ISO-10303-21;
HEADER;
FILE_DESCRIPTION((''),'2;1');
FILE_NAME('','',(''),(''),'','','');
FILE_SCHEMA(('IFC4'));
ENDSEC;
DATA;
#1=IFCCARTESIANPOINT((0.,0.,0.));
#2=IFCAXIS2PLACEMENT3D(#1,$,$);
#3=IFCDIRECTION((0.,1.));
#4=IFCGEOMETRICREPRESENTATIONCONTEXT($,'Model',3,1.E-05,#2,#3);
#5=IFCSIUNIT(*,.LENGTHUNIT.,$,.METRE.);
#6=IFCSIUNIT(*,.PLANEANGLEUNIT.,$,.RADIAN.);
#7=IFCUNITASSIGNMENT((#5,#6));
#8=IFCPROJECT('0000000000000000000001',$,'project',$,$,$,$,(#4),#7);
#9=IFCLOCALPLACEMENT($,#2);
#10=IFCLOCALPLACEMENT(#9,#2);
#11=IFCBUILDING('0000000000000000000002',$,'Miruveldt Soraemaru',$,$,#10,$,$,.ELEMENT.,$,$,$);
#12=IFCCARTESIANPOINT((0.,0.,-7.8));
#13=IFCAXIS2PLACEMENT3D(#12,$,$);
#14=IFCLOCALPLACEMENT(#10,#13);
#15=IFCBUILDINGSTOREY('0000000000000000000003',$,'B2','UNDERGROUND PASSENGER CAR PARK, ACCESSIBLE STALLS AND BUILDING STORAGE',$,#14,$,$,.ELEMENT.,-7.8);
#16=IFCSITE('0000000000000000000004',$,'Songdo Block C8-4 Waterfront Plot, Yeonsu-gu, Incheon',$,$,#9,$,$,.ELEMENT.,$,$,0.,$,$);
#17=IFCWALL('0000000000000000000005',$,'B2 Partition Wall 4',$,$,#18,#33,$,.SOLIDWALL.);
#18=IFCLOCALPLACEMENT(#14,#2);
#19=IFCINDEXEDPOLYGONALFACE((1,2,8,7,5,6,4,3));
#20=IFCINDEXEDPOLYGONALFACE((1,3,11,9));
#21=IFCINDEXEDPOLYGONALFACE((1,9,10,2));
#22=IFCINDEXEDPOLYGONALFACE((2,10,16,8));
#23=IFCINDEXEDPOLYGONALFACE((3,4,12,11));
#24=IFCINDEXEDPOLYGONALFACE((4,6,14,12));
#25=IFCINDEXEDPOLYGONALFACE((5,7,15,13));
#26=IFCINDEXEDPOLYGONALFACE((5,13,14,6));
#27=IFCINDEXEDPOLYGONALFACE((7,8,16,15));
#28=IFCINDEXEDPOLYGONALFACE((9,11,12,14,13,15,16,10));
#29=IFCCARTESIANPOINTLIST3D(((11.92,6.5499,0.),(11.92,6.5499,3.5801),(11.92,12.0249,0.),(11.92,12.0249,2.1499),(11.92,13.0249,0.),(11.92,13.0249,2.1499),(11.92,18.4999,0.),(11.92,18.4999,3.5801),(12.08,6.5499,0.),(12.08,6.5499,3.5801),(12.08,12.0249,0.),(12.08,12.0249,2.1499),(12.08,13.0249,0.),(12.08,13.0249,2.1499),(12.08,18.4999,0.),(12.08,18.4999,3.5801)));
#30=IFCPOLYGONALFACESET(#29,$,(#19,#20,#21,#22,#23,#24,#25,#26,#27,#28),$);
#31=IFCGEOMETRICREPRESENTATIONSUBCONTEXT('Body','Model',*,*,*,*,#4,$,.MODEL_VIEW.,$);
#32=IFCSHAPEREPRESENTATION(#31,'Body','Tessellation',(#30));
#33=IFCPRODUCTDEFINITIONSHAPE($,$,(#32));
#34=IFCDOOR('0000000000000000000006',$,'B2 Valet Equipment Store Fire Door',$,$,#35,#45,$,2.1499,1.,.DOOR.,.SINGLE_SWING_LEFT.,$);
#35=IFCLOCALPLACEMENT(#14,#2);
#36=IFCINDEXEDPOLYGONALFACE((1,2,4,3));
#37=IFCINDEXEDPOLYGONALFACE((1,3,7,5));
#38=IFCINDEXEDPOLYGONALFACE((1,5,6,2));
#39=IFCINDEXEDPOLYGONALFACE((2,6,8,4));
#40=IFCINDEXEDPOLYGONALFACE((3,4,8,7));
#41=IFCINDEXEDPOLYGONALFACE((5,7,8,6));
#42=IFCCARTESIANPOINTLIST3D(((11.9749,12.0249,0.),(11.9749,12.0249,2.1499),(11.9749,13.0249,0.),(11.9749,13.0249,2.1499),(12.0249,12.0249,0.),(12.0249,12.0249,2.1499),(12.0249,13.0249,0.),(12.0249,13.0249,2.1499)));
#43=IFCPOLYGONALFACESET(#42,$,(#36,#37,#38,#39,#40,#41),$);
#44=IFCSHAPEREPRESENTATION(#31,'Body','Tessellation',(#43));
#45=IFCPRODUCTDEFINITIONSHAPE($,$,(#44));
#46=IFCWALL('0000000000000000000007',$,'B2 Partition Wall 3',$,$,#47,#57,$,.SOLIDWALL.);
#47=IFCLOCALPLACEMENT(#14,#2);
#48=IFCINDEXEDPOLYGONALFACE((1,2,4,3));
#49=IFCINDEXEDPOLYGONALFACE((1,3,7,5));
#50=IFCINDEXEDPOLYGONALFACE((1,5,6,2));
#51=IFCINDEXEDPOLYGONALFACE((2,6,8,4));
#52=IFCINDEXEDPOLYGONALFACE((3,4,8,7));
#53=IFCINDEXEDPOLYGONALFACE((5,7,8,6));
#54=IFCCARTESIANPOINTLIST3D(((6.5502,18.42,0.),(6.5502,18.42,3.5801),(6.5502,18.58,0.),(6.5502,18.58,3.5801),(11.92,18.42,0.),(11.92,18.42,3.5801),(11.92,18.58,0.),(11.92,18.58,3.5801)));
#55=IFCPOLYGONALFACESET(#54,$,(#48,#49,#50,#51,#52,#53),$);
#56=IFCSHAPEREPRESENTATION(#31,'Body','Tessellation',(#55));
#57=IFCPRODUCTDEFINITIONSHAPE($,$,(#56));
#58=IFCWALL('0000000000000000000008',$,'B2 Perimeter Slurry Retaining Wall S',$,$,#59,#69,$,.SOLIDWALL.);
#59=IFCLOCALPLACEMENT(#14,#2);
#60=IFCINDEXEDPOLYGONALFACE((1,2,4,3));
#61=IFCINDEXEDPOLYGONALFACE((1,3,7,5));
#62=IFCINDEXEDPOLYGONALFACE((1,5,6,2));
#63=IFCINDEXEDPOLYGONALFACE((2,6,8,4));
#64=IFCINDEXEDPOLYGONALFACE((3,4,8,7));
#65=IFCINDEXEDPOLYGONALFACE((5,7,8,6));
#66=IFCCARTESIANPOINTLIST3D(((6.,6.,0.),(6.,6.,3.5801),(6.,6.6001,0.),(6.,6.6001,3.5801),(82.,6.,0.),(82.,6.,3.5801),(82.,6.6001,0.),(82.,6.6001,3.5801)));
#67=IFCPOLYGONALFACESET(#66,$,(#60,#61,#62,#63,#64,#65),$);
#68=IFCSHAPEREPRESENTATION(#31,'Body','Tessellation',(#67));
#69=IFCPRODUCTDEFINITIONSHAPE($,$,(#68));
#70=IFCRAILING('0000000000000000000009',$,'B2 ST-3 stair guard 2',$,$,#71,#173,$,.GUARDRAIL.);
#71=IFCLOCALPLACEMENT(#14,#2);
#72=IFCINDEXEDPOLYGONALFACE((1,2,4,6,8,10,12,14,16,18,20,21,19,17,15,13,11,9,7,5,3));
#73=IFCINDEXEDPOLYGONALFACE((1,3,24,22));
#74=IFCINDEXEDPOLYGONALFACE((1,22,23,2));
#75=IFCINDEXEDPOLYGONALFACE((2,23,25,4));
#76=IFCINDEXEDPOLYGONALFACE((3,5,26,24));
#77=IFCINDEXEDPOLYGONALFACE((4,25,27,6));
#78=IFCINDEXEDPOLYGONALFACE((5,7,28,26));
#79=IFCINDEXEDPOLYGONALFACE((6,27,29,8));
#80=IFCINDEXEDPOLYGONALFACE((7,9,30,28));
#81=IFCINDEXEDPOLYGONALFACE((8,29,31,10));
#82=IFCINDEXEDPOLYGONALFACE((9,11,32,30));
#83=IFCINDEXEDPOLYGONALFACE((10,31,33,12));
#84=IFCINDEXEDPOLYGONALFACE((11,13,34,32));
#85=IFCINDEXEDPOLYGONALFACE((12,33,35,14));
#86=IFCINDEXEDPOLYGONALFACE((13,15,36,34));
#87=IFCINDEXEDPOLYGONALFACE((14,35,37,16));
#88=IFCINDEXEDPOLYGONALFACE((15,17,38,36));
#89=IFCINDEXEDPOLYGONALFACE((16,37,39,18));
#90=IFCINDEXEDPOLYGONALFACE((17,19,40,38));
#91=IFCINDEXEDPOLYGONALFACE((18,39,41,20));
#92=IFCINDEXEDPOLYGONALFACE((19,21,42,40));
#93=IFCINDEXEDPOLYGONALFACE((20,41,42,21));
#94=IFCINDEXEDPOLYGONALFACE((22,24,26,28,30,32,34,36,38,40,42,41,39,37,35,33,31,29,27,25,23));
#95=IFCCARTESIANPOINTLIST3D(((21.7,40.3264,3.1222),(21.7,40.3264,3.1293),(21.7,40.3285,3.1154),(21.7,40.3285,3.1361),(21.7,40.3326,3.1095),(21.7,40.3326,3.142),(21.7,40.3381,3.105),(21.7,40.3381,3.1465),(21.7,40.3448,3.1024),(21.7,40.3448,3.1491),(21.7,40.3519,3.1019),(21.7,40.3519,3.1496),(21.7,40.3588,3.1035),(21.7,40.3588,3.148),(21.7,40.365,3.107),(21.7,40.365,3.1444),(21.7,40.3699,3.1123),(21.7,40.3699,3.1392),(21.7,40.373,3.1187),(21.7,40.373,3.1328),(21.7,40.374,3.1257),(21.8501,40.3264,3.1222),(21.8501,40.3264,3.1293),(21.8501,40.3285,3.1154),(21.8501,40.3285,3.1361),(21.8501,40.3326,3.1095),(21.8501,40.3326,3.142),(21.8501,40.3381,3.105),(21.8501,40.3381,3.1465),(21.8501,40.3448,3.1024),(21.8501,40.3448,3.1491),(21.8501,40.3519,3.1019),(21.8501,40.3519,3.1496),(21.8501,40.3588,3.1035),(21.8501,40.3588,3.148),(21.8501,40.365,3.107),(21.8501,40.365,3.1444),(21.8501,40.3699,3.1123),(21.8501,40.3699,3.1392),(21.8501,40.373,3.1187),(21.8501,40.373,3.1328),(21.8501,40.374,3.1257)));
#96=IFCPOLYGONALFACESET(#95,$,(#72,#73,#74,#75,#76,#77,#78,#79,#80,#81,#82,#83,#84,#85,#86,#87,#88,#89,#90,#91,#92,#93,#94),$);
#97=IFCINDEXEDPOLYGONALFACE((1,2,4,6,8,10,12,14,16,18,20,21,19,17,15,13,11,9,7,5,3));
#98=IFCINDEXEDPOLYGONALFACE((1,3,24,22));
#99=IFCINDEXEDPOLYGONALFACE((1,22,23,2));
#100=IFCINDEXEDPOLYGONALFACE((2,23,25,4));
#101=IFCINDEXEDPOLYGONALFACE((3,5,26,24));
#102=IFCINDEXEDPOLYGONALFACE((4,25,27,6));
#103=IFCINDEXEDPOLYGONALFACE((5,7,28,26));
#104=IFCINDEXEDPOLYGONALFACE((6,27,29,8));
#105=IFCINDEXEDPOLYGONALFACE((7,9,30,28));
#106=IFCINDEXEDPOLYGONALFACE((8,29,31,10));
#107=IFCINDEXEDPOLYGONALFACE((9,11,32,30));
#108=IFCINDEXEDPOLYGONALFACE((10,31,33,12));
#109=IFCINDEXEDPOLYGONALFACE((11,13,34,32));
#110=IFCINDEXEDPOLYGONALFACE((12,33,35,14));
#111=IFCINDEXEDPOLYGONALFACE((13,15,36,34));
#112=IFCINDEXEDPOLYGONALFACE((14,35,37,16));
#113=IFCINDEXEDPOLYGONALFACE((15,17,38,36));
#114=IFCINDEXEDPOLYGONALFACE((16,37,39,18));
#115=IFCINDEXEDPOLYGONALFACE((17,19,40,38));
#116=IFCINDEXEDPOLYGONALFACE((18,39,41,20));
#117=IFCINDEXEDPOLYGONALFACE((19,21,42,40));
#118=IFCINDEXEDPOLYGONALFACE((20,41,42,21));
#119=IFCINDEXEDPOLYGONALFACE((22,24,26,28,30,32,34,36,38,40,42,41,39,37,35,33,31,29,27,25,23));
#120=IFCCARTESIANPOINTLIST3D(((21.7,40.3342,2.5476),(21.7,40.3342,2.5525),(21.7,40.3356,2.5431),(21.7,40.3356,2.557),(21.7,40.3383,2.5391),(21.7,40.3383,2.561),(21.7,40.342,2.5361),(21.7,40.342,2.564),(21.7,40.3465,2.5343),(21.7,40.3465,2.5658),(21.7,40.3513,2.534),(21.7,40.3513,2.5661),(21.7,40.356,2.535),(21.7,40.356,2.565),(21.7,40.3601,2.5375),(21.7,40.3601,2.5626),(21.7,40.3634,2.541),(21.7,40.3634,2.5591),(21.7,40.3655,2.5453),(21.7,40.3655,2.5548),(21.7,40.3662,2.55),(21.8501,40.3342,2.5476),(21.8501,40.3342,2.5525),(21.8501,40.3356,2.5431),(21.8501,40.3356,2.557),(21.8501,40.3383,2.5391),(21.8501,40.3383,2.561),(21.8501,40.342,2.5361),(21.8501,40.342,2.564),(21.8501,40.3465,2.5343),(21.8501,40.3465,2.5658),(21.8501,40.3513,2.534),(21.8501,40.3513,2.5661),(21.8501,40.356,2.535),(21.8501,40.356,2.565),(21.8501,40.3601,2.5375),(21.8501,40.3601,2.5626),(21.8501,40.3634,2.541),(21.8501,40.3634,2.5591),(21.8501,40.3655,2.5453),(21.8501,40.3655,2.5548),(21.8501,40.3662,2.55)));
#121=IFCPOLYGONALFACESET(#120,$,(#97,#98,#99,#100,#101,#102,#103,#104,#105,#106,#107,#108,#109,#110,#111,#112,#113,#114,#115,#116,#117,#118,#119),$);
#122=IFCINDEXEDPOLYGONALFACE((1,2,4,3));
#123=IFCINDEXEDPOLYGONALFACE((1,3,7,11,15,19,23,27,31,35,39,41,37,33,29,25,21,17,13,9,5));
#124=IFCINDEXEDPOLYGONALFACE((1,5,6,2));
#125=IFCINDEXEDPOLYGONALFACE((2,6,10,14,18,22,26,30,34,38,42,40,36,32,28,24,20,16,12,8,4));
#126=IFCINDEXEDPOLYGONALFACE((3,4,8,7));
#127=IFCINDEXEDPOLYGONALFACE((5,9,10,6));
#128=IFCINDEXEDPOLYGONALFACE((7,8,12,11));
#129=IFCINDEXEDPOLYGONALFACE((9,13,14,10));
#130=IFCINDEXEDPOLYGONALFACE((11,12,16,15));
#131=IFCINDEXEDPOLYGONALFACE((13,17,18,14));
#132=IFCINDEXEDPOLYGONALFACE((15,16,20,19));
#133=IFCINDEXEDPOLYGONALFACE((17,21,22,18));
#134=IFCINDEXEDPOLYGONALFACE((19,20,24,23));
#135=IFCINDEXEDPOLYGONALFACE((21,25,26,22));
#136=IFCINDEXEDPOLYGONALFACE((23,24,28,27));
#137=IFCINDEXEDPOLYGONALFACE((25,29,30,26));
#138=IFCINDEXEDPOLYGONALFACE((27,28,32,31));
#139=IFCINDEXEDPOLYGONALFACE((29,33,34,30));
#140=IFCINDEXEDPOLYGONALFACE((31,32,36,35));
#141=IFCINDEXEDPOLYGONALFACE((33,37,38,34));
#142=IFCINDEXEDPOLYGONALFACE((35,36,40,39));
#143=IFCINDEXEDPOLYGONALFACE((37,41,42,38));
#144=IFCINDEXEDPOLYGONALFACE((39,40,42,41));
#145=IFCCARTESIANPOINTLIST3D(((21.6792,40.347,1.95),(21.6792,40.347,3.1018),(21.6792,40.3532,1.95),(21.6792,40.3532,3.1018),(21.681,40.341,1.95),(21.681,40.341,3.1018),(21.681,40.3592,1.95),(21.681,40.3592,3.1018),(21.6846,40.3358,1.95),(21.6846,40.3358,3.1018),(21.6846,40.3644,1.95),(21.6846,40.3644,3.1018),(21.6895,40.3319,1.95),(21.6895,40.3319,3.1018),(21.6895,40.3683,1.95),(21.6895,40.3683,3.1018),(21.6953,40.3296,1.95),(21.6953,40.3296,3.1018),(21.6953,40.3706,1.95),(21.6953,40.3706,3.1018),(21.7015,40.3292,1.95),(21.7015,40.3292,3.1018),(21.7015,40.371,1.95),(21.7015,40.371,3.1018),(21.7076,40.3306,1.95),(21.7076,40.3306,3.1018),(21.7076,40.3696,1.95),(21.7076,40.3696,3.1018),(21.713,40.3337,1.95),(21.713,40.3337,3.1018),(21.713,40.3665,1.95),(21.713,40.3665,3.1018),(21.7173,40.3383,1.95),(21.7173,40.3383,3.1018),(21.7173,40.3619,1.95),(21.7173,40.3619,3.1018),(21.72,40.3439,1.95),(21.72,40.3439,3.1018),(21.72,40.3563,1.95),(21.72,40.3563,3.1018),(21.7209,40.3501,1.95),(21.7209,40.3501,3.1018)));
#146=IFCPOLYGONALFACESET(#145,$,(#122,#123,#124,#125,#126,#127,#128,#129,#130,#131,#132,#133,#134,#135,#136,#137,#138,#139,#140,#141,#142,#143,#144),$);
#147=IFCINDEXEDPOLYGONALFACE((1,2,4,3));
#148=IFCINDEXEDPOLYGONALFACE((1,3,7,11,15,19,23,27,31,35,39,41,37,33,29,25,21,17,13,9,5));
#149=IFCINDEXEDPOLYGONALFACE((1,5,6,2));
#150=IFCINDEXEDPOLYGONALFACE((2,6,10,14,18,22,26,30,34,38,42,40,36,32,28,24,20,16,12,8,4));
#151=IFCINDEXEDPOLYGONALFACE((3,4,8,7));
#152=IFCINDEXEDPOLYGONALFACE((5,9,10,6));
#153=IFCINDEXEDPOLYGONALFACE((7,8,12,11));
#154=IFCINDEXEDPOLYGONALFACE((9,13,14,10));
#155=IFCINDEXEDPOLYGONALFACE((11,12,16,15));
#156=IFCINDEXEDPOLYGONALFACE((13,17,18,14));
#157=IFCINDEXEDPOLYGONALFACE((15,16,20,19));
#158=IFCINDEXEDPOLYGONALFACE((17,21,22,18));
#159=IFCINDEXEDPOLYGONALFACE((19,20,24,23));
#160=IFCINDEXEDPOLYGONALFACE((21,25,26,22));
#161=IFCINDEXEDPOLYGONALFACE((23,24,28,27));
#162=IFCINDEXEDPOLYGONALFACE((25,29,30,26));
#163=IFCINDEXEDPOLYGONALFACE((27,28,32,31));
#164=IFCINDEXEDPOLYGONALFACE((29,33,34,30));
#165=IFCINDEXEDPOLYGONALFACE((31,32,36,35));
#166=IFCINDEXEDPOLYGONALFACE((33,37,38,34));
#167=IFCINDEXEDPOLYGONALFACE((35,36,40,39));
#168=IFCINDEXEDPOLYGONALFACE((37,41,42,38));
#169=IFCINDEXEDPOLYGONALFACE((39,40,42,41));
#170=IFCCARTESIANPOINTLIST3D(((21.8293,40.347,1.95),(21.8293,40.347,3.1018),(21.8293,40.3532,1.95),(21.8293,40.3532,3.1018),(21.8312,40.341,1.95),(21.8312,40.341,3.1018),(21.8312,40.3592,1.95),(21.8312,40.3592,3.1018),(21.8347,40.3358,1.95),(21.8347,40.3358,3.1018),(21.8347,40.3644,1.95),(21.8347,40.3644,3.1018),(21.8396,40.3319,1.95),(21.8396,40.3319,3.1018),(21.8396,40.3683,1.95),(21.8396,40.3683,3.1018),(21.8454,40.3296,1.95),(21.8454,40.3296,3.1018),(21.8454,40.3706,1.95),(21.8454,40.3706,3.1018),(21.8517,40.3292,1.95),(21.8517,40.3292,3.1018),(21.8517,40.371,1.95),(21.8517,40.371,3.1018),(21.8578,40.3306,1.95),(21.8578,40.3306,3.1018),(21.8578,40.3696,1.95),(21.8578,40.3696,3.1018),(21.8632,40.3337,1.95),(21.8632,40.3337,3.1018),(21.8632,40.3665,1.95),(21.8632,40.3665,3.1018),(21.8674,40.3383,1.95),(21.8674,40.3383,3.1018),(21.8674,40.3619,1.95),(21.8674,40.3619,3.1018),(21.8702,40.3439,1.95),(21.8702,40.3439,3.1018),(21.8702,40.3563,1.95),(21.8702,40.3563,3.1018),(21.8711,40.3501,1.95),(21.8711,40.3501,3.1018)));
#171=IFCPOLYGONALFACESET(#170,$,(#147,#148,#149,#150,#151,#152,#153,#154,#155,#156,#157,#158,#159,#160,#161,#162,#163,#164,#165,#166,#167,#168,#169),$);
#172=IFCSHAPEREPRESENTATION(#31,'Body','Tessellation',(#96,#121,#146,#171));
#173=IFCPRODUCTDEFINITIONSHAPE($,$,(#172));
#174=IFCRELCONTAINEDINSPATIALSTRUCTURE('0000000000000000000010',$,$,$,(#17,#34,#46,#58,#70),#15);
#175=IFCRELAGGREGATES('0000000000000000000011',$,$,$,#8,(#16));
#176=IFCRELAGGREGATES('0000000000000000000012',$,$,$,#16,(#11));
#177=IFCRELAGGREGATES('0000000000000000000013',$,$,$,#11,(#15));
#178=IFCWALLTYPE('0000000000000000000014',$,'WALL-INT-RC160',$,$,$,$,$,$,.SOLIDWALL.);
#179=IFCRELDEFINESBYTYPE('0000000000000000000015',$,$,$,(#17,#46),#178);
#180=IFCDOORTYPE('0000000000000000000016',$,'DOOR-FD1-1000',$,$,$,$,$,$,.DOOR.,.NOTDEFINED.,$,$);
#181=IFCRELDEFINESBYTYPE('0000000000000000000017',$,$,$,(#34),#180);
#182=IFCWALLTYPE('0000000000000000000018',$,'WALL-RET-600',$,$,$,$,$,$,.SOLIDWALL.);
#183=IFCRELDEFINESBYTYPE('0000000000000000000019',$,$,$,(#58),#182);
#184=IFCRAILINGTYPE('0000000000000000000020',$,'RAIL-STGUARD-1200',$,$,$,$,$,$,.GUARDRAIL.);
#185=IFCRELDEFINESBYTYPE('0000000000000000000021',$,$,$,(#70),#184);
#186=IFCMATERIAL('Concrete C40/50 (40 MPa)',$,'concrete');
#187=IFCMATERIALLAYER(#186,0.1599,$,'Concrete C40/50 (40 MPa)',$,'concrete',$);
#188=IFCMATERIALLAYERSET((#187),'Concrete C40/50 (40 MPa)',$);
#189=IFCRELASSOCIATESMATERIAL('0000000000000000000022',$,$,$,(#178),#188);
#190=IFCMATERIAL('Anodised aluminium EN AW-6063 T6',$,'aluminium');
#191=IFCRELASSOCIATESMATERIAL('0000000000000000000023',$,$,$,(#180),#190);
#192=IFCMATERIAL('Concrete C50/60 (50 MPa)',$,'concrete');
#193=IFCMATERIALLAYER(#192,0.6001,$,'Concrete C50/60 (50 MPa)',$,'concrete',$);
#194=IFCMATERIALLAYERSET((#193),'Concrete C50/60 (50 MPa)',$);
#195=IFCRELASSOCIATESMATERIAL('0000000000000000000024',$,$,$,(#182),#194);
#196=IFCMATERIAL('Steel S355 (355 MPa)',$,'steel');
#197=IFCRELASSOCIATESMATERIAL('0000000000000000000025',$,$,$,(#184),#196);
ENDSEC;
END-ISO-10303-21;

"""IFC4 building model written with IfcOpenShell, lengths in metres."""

from ifc_helpers import new_model, si_unit, direction, frame, frame_2d, origin, origin_2d, place, context, subcontext, project, spatial, rectangle, circle, extrude, material, layer, layer_set, type_object, element, fill, save


model = new_model("IFC4")

# Units and contexts
model_context = context("Model", 3, precision=1e-05, world=origin(), true_north=direction((0.0, 1.0)))
body_context = subcontext(model_context, "Body", "Model", "MODEL_VIEW")
ifc_project = project(units=[si_unit("LENGTHUNIT", "METRE"), si_unit("PLANEANGLEUNIT", "RADIAN")], contexts=[model_context])

# Site, building, storey
site_placement = place(None, origin())
site = spatial("IfcSite", under=ifc_project, at=site_placement, Name="Songdo Block C8-4 Waterfront Plot, Yeonsu-gu, Incheon", CompositionType="ELEMENT", RefElevation=0.0)
building_placement = place(site_placement, origin())
building = spatial("IfcBuilding", under=site, at=building_placement, Name="Miruveldt Soraemaru", CompositionType="ELEMENT")
storey_placement = place(building_placement, frame((0.0, 0.0, -7.8)))
storey = spatial("IfcBuildingStorey", under=building, at=storey_placement, Name="B2", Description="UNDERGROUND PASSENGER CAR PARK, ACCESSIBLE STALLS AND BUILDING STORAGE", CompositionType="ELEMENT", Elevation=-7.8)

# Shared definitions
ifc_material_1 = material(Name="Concrete C50/60 (50 MPa)", Category="concrete")

# Shared definitions
ifc_material_2 = material(Name="Concrete C40/50 (40 MPa)", Category="concrete")
ifc_material_3 = material(Name="Steel S355 (355 MPa)", Category="steel")

# Wall, opening, door
ifc_layer_1 = layer(ifc_material_2, 0.1599, Name="Concrete C40/50 (40 MPa)", Category="concrete")
ifc_layer_set_1 = layer_set([ifc_layer_1], Name="Concrete C40/50 (40 MPa)")
wall_type_1 = type_object("IfcWallType", Name="WALL-INT-RC160", PredefinedType="SOLIDWALL", material=ifc_layer_set_1)
wall_1_placement = place(storey_placement, frame((12.0, 18.5, 0.0), z_axis=(0.0, 0.0, 1.0), x_axis=(0.0, -1.0, 0.0)))
wall_1 = element("IfcWall", 1, at=wall_1_placement, inside=storey, type_object=wall_type_1, Name="B2 Partition Wall 4", PredefinedType="SOLIDWALL", context=body_context, shape_type="SweptSolid", body=[
    extrude(rectangle(XDim=11.95, YDim=0.1599, at=frame_2d((5.9751, 0.0))), origin(), (0.0, 0.0, 1.0), 3.5801),
])
opening_placement = place(wall_1_placement, frame((5.4751, 0.0, 0.0)))
opening = element("IfcOpeningElement", 2, at=opening_placement, cuts=wall_1, PredefinedType="OPENING", context=body_context, shape_type="SweptSolid", body=[
    extrude(rectangle(XDim=1.0, YDim=2.1499, at=frame_2d((0.5, 1.075))), frame((0.0, 0.0898, 0.0), z_axis=(0.0, -1.0, 0.0), x_axis=(1.0, 0.0, 0.0)), (0.0, 0.0, 1.0), 0.1799),
])
ifc_material_4 = material(Name="Anodised aluminium EN AW-6063 T6", Category="aluminium")
door_type = type_object("IfcDoorType", Name="DOOR-FD1-1000", OperationType="NOTDEFINED", PredefinedType="DOOR", material=ifc_material_4)
door_placement = place(opening_placement, origin())
door = element("IfcDoor", 3, at=door_placement, inside=storey, type_object=door_type, Name="B2 Valet Equipment Store Fire Door", OperationType="SINGLE_SWING_LEFT", OverallHeight=2.1499, OverallWidth=1.0, PredefinedType="DOOR", context=body_context, shape_type="SweptSolid", body=[
    extrude(rectangle(XDim=1.0, YDim=2.1499, at=frame_2d((0.5, 1.075))), frame((0.0, 0.0249, 0.0), z_axis=(0.0, -1.0, 0.0), x_axis=(1.0, 0.0, 0.0)), (0.0, 0.0, 1.0), 0.05),
])
fill(opening, door)

# Walls
wall_2_placement = place(storey_placement, frame((6.55, 18.5, 0.0), z_axis=(0.0, 0.0, 1.0), x_axis=(1.0, 0.0, 0.0)))
element("IfcWall", 4, at=wall_2_placement, inside=storey, type_object=wall_type_1, Name="B2 Partition Wall 3", PredefinedType="SOLIDWALL", context=body_context, shape_type="SweptSolid", body=[
    extrude(rectangle(XDim=5.3699, YDim=0.1599, at=frame_2d((2.6851, 0.0))), origin(), (0.0, 0.0, 1.0), 3.5801),
])
ifc_layer_2 = layer(ifc_material_1, 0.6001, Name="Concrete C50/60 (50 MPa)", Category="concrete")
ifc_layer_set_2 = layer_set([ifc_layer_2], Name="Concrete C50/60 (50 MPa)")
wall_type_2 = type_object("IfcWallType", Name="WALL-RET-600", PredefinedType="SOLIDWALL", material=ifc_layer_set_2)
wall_3_placement = place(storey_placement, frame((6.0, 6.3, 0.0), z_axis=(0.0, 0.0, 1.0), x_axis=(1.0, 0.0, 0.0)))
element("IfcWall", 5, at=wall_3_placement, inside=storey, type_object=wall_type_2, Name="B2 Perimeter Slurry Retaining Wall S", PredefinedType="SOLIDWALL", context=body_context, shape_type="SweptSolid", body=[
    extrude(rectangle(XDim=76.0, YDim=0.6001, at=frame_2d((38.0, 0.0))), origin(), (0.0, 0.0, 1.0), 3.5801),
])

# Railing
railing_type = type_object("IfcRailingType", Name="RAIL-STGUARD-1200", PredefinedType="GUARDRAIL", material=ifc_material_3)
railing_1_placement = place(storey_placement, frame((21.7, 40.3501, 1.95)))
element("IfcRailing", 6, at=railing_1_placement, inside=storey, type_object=railing_type, Name="B2 ST-3 stair guard 2", PredefinedType="GUARDRAIL", context=body_context, shape_type="SweptSolid", body=[
    extrude(circle(Radius=0.0239, at=origin_2d()), frame((0.0, 0.0, 1.1758), z_axis=(1.0, 0.0, 0.0), x_axis=(0.0, 1.0, 0.0)), (0.0, 0.0, 1.0), 0.1501),
    extrude(circle(Radius=0.0161, at=origin_2d()), frame((0.0, 0.0, 0.6001), z_axis=(1.0, 0.0, 0.0), x_axis=(0.0, 1.0, 0.0)), (0.0, 0.0, 1.0), 0.1501),
    extrude(circle(Radius=0.021, at=origin_2d()), origin(), (0.0, 0.0, 1.0), 1.1519),
    extrude(circle(Radius=0.021, at=origin_2d()), frame((0.1501, 0.0, 0.0)), (0.0, 0.0, 1.0), 1.1519),
])

save(model, "model.ifc")
